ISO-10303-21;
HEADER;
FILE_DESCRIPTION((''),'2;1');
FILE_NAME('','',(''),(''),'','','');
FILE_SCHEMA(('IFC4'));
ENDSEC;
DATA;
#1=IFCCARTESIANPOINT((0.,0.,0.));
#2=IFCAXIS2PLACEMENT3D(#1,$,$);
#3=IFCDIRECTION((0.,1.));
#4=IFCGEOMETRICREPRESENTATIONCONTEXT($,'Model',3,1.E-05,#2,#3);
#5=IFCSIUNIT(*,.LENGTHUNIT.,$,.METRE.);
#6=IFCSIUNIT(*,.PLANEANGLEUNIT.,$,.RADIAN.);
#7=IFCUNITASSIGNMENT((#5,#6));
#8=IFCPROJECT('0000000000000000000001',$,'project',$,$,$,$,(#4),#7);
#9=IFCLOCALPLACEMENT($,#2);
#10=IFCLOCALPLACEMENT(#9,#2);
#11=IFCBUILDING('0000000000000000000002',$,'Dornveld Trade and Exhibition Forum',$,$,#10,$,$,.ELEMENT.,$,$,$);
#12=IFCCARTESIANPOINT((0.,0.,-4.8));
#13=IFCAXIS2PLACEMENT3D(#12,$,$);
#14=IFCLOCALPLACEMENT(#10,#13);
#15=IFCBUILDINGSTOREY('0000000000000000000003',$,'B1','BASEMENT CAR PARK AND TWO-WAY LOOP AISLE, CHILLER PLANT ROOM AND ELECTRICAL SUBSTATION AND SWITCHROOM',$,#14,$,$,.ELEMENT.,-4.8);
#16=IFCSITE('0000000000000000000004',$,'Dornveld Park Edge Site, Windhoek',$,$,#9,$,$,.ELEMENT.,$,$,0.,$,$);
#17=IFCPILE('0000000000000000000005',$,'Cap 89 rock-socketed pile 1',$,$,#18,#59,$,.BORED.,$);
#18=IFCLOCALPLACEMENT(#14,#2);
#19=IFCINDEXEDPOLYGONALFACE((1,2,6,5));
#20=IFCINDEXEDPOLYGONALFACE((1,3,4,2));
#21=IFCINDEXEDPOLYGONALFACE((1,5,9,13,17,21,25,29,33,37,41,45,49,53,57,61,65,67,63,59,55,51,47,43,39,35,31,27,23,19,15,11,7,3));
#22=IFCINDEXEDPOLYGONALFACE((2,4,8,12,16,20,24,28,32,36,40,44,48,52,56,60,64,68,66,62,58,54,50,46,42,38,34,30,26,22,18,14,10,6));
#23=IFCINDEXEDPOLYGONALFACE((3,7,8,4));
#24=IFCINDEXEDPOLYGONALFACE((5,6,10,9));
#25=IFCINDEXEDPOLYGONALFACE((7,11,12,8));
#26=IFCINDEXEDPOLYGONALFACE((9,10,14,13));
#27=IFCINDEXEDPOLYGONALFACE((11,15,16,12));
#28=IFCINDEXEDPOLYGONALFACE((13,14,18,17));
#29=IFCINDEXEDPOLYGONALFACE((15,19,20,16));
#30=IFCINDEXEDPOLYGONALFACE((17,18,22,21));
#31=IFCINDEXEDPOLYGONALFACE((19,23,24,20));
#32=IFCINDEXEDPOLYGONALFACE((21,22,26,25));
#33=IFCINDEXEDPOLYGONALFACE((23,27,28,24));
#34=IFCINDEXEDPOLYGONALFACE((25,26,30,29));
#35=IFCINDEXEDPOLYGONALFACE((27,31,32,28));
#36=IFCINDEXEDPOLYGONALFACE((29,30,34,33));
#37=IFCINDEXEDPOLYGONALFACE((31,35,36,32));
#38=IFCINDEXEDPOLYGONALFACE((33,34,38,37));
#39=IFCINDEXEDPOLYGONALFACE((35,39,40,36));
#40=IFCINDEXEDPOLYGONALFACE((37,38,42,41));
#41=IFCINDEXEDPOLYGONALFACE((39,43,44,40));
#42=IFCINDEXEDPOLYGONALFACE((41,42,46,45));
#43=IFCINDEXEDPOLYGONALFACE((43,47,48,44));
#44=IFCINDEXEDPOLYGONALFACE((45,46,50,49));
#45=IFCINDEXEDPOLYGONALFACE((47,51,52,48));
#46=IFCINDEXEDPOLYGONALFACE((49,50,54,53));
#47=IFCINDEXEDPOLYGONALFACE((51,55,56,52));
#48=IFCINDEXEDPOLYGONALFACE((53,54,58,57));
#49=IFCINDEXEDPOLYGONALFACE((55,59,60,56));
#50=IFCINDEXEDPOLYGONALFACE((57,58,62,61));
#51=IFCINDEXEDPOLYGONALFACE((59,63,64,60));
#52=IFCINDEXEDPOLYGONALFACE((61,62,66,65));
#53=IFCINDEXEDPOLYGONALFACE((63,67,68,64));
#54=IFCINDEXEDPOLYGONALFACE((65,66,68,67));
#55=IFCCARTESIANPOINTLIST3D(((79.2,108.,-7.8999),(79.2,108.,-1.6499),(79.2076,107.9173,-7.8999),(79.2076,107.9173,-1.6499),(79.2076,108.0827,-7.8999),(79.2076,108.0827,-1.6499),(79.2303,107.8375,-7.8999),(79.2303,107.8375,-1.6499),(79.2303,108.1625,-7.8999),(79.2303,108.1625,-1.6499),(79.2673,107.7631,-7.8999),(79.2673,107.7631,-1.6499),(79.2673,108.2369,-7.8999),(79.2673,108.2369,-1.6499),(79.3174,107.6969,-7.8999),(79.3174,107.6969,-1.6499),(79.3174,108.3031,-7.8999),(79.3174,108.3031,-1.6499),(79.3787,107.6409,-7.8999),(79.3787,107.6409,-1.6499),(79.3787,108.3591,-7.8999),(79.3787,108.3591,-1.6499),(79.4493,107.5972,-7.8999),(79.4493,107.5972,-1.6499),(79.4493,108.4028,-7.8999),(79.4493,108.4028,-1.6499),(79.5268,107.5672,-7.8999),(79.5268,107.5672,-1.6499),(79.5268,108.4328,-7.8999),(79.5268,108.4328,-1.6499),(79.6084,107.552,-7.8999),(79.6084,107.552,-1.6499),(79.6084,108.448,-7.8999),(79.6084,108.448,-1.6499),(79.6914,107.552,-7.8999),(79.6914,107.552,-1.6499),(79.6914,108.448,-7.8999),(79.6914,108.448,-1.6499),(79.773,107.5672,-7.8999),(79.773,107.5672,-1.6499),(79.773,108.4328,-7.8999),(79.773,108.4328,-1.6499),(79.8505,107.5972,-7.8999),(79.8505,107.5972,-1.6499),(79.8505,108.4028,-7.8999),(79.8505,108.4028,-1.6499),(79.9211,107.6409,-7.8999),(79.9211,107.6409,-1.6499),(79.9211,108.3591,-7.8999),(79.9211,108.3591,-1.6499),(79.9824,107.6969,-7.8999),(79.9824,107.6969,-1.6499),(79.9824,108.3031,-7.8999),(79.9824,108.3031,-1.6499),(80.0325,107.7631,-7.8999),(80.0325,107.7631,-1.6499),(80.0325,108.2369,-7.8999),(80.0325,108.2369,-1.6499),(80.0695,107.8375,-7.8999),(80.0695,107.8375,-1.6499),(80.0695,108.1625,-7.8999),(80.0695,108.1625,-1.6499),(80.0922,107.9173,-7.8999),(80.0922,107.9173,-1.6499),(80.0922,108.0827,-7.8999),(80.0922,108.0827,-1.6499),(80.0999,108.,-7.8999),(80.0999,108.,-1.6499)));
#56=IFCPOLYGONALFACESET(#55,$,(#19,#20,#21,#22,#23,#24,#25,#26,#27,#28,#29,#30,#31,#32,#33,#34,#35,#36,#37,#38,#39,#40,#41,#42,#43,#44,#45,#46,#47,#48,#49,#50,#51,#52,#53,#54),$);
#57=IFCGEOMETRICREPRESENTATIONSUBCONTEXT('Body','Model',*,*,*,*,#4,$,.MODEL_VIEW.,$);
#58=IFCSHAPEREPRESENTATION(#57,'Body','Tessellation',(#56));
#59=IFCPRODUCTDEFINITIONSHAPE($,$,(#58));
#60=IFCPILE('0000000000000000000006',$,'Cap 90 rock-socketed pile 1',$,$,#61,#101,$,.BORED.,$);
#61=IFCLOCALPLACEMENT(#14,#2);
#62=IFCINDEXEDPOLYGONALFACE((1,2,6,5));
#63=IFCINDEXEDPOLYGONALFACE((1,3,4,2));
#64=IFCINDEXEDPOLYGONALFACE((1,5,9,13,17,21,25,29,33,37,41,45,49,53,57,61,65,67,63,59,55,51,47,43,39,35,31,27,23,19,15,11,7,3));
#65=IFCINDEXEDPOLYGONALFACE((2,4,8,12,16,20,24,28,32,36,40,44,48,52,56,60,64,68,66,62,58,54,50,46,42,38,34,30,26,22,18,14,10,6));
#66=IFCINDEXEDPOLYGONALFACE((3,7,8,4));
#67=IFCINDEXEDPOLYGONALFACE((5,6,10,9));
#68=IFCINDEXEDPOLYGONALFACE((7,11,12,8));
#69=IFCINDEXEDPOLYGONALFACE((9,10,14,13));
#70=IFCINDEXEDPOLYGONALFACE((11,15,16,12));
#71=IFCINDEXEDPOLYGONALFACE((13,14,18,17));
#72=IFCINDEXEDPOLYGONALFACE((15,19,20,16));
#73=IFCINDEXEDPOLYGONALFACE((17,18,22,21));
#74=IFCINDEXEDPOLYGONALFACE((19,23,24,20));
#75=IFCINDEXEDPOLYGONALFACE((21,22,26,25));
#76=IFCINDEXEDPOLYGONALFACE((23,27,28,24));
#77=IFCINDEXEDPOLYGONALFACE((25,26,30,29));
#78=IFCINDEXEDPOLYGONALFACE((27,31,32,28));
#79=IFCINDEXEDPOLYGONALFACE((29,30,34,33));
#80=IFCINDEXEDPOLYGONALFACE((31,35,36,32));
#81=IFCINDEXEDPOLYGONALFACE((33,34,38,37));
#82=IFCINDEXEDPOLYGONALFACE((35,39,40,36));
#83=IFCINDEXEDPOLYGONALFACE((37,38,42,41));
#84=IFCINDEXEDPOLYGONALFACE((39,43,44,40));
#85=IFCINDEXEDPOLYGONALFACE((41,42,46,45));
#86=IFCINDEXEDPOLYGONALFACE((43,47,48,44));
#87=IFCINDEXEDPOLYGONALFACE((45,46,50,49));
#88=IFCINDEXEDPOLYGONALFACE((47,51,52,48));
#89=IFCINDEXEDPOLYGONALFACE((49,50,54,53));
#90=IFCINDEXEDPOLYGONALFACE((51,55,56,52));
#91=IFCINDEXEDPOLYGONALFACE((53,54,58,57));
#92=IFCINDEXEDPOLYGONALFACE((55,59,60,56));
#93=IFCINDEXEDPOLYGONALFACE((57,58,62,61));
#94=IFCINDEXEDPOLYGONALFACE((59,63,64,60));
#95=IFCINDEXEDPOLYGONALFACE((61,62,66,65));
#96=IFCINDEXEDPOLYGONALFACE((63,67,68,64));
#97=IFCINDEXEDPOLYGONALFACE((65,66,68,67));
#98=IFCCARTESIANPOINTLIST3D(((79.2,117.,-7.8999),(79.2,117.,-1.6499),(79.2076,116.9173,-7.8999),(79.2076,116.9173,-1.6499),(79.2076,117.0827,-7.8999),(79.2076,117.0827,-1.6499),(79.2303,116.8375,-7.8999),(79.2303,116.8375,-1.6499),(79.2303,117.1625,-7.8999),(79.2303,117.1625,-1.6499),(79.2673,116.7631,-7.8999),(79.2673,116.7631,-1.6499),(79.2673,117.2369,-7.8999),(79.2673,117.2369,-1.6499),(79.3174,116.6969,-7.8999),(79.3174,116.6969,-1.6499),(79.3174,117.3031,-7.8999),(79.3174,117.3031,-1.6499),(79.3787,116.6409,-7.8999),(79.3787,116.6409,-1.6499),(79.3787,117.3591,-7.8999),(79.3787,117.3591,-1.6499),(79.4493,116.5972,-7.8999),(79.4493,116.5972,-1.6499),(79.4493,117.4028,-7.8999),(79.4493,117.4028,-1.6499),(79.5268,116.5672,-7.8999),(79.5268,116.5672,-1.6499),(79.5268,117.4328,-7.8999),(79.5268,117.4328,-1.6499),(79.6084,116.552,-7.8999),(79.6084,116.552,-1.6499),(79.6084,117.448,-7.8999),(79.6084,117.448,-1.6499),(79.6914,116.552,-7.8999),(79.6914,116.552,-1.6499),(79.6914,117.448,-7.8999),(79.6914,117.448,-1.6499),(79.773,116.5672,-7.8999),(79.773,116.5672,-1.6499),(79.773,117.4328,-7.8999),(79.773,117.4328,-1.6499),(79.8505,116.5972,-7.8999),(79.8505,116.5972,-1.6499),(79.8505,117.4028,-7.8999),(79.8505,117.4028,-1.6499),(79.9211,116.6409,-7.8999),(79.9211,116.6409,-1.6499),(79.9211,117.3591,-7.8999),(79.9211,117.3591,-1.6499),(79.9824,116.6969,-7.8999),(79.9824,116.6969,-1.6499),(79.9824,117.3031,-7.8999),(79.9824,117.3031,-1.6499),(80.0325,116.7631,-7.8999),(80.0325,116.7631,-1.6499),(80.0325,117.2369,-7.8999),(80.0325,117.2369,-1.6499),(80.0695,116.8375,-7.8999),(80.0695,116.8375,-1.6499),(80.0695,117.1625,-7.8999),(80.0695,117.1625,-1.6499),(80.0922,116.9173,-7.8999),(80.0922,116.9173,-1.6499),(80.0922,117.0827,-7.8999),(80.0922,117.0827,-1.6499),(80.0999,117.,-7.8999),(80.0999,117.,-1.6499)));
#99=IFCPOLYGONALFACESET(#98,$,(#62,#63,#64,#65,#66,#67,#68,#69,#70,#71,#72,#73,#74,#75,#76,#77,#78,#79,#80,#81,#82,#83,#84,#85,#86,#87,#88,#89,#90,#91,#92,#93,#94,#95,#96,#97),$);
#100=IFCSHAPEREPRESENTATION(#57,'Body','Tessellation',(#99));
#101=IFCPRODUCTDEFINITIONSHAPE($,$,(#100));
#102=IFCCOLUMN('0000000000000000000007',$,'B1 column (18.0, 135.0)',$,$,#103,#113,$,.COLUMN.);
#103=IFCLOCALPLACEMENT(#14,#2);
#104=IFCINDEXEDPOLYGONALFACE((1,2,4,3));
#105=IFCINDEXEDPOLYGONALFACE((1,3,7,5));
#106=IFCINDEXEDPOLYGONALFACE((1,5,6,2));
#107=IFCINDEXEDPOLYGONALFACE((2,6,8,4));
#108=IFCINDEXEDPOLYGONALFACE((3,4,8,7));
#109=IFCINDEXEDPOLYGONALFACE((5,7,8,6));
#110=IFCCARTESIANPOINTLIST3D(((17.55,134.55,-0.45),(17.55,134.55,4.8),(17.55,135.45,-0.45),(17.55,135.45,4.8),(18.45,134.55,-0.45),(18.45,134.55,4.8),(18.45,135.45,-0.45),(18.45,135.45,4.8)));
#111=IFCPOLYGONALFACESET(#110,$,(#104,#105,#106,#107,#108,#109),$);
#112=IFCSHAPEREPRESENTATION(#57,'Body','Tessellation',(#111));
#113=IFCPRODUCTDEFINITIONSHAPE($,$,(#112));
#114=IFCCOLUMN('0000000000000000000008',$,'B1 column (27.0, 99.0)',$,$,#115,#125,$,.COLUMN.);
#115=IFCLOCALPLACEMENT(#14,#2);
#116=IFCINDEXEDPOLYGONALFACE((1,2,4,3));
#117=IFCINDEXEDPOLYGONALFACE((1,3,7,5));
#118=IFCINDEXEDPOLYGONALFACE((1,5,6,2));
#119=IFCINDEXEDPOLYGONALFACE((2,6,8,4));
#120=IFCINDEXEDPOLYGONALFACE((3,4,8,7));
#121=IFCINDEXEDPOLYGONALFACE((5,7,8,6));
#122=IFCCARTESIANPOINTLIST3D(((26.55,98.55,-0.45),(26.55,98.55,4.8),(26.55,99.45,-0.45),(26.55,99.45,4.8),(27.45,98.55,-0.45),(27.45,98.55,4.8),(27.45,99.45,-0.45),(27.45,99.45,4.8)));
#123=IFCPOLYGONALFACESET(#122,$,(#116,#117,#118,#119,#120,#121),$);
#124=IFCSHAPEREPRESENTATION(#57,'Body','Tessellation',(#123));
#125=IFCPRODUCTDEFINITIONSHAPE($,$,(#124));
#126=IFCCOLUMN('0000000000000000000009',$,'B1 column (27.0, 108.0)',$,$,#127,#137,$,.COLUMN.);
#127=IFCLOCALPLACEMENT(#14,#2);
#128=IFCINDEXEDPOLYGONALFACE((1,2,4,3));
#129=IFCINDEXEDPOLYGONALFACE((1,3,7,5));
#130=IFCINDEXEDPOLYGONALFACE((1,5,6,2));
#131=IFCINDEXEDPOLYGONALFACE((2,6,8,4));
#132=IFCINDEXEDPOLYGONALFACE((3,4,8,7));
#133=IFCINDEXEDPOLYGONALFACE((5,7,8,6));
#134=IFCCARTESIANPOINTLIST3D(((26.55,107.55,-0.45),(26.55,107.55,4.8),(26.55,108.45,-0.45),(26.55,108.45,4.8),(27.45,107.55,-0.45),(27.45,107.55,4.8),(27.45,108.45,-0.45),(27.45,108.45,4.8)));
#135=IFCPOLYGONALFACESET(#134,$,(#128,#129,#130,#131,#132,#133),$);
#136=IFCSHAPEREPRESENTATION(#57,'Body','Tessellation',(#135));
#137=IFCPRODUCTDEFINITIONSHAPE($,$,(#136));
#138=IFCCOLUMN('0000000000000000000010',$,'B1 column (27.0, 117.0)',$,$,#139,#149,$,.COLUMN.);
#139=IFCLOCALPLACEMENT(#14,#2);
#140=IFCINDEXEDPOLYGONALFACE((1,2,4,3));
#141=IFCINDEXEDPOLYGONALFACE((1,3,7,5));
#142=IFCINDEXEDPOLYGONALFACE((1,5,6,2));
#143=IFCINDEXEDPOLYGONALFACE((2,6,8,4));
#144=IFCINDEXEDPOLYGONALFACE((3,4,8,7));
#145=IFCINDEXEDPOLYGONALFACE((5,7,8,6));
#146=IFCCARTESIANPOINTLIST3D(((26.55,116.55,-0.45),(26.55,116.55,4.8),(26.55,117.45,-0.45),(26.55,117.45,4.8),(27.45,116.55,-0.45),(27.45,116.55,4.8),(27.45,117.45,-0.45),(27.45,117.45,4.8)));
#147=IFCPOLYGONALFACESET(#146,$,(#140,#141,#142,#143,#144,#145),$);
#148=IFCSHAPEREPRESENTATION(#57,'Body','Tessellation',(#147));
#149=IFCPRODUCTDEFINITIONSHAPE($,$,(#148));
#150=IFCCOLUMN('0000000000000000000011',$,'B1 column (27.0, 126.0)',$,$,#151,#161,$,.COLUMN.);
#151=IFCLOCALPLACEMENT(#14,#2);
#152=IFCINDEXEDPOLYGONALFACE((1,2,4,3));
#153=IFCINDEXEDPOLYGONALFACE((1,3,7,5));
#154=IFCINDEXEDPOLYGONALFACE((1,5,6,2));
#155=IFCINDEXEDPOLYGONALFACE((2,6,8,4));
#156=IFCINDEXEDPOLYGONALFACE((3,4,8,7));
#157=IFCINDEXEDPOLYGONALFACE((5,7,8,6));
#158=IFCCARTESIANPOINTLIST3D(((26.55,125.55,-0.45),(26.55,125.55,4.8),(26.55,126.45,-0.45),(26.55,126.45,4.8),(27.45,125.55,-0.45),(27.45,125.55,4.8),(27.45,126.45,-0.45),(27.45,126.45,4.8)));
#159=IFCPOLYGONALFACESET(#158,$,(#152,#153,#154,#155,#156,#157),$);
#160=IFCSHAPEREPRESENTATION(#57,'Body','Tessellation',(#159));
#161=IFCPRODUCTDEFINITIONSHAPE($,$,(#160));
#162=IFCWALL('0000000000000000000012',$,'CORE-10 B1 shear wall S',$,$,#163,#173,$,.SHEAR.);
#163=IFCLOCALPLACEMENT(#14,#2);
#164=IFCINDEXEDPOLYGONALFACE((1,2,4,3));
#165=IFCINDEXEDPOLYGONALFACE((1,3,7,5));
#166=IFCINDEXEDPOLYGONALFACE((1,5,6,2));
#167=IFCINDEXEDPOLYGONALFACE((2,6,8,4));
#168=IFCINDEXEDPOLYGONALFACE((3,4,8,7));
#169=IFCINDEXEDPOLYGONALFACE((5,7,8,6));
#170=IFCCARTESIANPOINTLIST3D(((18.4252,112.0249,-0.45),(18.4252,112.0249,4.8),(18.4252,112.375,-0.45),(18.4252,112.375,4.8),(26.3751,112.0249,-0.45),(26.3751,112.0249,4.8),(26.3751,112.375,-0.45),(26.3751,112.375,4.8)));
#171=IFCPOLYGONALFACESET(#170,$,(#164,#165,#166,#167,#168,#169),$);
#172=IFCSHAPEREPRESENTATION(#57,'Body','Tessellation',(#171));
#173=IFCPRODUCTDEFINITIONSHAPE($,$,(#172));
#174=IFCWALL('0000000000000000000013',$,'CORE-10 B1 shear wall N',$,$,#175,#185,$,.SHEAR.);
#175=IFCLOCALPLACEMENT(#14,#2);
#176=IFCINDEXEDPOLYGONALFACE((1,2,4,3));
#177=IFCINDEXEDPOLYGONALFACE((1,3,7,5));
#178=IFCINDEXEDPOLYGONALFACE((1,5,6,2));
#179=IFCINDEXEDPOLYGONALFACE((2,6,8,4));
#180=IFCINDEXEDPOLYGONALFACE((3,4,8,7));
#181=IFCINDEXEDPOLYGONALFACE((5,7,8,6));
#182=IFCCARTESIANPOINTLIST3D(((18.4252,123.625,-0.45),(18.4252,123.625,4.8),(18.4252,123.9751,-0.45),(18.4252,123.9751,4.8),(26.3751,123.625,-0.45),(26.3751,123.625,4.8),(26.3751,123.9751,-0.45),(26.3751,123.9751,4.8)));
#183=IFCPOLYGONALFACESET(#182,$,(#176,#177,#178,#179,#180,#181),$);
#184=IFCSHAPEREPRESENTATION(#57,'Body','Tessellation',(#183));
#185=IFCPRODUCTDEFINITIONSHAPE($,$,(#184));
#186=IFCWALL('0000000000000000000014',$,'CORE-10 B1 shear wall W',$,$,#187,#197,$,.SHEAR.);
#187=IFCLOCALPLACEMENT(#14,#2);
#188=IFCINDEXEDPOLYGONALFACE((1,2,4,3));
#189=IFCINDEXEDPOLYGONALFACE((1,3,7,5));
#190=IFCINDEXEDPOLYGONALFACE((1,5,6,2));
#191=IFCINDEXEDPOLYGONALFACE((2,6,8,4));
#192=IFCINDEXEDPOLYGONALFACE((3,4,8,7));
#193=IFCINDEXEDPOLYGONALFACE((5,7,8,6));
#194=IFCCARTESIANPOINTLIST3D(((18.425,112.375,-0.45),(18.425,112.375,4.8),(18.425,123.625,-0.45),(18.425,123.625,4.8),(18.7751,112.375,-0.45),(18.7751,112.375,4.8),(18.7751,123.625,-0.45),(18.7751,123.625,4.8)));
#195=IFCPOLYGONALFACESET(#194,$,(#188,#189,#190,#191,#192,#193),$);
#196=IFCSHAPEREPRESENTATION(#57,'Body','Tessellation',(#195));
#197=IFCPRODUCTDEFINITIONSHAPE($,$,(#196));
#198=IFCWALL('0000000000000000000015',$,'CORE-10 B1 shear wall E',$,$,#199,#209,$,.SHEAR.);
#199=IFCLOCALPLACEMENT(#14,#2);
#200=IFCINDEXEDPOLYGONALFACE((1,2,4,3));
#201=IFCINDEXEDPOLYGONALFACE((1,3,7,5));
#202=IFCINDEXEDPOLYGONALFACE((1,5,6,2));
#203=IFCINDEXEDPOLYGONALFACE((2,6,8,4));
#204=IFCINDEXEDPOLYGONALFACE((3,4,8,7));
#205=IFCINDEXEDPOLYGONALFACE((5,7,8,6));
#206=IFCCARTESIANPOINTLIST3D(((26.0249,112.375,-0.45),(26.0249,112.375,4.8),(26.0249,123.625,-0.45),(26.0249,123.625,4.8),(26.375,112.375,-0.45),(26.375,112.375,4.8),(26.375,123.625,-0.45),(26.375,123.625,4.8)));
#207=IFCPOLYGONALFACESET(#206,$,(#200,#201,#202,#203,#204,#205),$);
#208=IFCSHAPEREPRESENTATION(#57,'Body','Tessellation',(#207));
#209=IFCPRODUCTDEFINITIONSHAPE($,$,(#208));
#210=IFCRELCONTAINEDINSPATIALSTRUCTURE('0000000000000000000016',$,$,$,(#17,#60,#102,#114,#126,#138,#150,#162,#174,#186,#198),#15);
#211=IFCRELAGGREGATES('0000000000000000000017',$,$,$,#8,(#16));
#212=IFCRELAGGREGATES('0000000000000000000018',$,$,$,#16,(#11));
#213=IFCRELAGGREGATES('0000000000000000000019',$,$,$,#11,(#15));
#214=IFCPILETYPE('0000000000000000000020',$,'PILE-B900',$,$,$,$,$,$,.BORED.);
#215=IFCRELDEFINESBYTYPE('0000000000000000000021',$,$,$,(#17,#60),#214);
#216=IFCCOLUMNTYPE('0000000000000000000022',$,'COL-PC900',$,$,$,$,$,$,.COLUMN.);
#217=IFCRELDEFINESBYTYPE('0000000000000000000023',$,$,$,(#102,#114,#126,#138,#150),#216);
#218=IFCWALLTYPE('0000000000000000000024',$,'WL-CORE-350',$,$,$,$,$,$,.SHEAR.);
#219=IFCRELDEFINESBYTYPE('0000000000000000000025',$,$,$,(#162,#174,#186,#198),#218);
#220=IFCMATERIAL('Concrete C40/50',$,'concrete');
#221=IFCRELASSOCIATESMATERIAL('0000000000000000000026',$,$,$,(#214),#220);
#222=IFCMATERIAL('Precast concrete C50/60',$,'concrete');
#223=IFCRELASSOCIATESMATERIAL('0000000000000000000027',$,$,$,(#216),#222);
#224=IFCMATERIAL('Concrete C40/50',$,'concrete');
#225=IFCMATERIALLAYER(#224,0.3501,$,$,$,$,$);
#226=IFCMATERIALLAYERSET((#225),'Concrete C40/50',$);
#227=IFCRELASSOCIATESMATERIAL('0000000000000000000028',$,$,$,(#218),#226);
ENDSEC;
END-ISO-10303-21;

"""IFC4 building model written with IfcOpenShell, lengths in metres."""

from ifc_helpers import new_model, si_unit, direction, frame, frame_2d, origin, origin_2d, place, context, subcontext, project, spatial, rectangle, circle, extrude, material, layer, layer_set, material_profile, profile_set, type_object, element, save


model = new_model("IFC4")

# Units and contexts
model_context = context("Model", 3, precision=1e-05, world=origin(), true_north=direction((0.0, 1.0)))
body_context = subcontext(model_context, "Body", "Model", "MODEL_VIEW")
ifc_project = project(units=[si_unit("LENGTHUNIT", "METRE"), si_unit("PLANEANGLEUNIT", "RADIAN")], contexts=[model_context])

# Site, building, storey
site_placement = place(None, origin())
site = spatial("IfcSite", under=ifc_project, at=site_placement, Name="Dornveld Park Edge Site, Windhoek", CompositionType="ELEMENT", RefElevation=0.0)
building_placement = place(site_placement, origin())
building = spatial("IfcBuilding", under=site, at=building_placement, Name="Dornveld Trade and Exhibition Forum", CompositionType="ELEMENT")
storey_placement = place(building_placement, frame((0.0, 0.0, -4.8)))
storey = spatial("IfcBuildingStorey", under=building, at=storey_placement, Name="B1", Description="BASEMENT CAR PARK AND TWO-WAY LOOP AISLE, CHILLER PLANT ROOM AND ELECTRICAL SUBSTATION AND SWITCHROOM", CompositionType="ELEMENT", Elevation=-4.8)

# Piles
ifc_material_1 = material(Name="Concrete C40/50", Category="concrete")
ifc_material_profile_1 = material_profile(ifc_material_1, circle(Radius=0.45, at=origin_2d()), Name="PILE D900")
ifc_profile_set_1 = profile_set([ifc_material_profile_1], Name="Concrete C40/50")
pile_type_1 = type_object("IfcPileType", Name="PILE-B900", PredefinedType="BORED", material=ifc_profile_set_1)
for number, where, z_axis, x_axis, name in (
    (1, (79.6499, 108.0, -1.6499), (0.0, 0.0, -1.0), (1.0, 0.0, 0.0), "Cap 89 rock-socketed pile 1"),
    (2, (79.6499, 117.0, -1.6499), (0.0, 0.0, -1.0), (1.0, 0.0, 0.0), "Cap 90 rock-socketed pile 1"),
):
    element("IfcPile", number, at=place(storey_placement, frame(where, z_axis=z_axis, x_axis=x_axis)), inside=storey, type_object=pile_type_1, Name=name, PredefinedType="BORED", context=body_context, shape_type="SweptSolid", body=[
        extrude(circle(Radius=0.45, at=origin_2d()), origin(), (0.0, 0.0, 1.0), 6.25),
    ])

# Columns
ifc_material_2 = material(Name="Precast concrete C50/60", Category="concrete")
ifc_material_profile_2 = material_profile(ifc_material_2, rectangle(XDim=0.8999, YDim=0.8999, at=origin_2d()), Name="PC-COL 900x900")
ifc_profile_set_2 = profile_set([ifc_material_profile_2], Name="Precast concrete C50/60")
column_type = type_object("IfcColumnType", Name="COL-PC900", PredefinedType="COLUMN", material=ifc_profile_set_2)
for number, where, z_axis, x_axis, name in (
    (3, (18.0, 135.0, -0.45), (0.0, 0.0, 1.0), (1.0, 0.0, 0.0), "B1 column (18.0, 135.0)"),
    (4, (27.0, 99.0, -0.45), (0.0, 0.0, 1.0), (1.0, 0.0, 0.0), "B1 column (27.0, 99.0)"),
    (5, (27.0, 108.0, -0.45), (0.0, 0.0, 1.0), (1.0, 0.0, 0.0), "B1 column (27.0, 108.0)"),
    (6, (27.0, 117.0, -0.45), (0.0, 0.0, 1.0), (1.0, 0.0, 0.0), "B1 column (27.0, 117.0)"),
    (7, (27.0, 126.0, -0.45), (0.0, 0.0, 1.0), (1.0, 0.0, 0.0), "B1 column (27.0, 126.0)"),
):
    element("IfcColumn", number, at=place(storey_placement, frame(where, z_axis=z_axis, x_axis=x_axis)), inside=storey, type_object=column_type, Name=name, PredefinedType="COLUMN", context=body_context, shape_type="SweptSolid", body=[
        extrude(rectangle(XDim=0.8999, YDim=0.8999, at=origin_2d()), origin(), (0.0, 0.0, 1.0), 5.25),
    ])

# Walls
ifc_material_3 = material(Name="Concrete C40/50", Category="concrete")
ifc_layer_1 = layer(ifc_material_3, 0.3501)
ifc_layer_set_1 = layer_set([ifc_layer_1], Name="Concrete C40/50")
wall_type_1 = type_object("IfcWallType", Name="WL-CORE-350", PredefinedType="SHEAR", material=ifc_layer_set_1)
for number, where, z_axis, x_axis, name in (
    (8, (18.425, 112.2, -0.45), (0.0, 0.0, 1.0), (1.0, 0.0, 0.0), "CORE-10 B1 shear wall S"),
    (9, (18.425, 123.8, -0.45), (0.0, 0.0, 1.0), (1.0, 0.0, 0.0), "CORE-10 B1 shear wall N"),
):
    element("IfcWall", number, at=place(storey_placement, frame(where, z_axis=z_axis, x_axis=x_axis)), inside=storey, type_object=wall_type_1, Name=name, PredefinedType="SHEAR", context=body_context, shape_type="SweptSolid", body=[
        extrude(rectangle(XDim=7.95, YDim=0.3501, at=frame_2d((3.9751, 0.0))), origin(), (0.0, 0.0, 1.0), 5.25),
    ])
for number, where, z_axis, x_axis, name in (
    (10, (18.6001, 112.375, -0.45), (0.0, 0.0, 1.0), (0.0, 1.0, 0.0), "CORE-10 B1 shear wall W"),
    (11, (26.2, 112.375, -0.45), (0.0, 0.0, 1.0), (0.0, 1.0, 0.0), "CORE-10 B1 shear wall E"),
):
    element("IfcWall", number, at=place(storey_placement, frame(where, z_axis=z_axis, x_axis=x_axis)), inside=storey, type_object=wall_type_1, Name=name, PredefinedType="SHEAR", context=body_context, shape_type="SweptSolid", body=[
        extrude(rectangle(XDim=11.25, YDim=0.3501, at=frame_2d((5.625, 0.0))), origin(), (0.0, 0.0, 1.0), 5.25),
    ])

save(model, "model.ifc")
